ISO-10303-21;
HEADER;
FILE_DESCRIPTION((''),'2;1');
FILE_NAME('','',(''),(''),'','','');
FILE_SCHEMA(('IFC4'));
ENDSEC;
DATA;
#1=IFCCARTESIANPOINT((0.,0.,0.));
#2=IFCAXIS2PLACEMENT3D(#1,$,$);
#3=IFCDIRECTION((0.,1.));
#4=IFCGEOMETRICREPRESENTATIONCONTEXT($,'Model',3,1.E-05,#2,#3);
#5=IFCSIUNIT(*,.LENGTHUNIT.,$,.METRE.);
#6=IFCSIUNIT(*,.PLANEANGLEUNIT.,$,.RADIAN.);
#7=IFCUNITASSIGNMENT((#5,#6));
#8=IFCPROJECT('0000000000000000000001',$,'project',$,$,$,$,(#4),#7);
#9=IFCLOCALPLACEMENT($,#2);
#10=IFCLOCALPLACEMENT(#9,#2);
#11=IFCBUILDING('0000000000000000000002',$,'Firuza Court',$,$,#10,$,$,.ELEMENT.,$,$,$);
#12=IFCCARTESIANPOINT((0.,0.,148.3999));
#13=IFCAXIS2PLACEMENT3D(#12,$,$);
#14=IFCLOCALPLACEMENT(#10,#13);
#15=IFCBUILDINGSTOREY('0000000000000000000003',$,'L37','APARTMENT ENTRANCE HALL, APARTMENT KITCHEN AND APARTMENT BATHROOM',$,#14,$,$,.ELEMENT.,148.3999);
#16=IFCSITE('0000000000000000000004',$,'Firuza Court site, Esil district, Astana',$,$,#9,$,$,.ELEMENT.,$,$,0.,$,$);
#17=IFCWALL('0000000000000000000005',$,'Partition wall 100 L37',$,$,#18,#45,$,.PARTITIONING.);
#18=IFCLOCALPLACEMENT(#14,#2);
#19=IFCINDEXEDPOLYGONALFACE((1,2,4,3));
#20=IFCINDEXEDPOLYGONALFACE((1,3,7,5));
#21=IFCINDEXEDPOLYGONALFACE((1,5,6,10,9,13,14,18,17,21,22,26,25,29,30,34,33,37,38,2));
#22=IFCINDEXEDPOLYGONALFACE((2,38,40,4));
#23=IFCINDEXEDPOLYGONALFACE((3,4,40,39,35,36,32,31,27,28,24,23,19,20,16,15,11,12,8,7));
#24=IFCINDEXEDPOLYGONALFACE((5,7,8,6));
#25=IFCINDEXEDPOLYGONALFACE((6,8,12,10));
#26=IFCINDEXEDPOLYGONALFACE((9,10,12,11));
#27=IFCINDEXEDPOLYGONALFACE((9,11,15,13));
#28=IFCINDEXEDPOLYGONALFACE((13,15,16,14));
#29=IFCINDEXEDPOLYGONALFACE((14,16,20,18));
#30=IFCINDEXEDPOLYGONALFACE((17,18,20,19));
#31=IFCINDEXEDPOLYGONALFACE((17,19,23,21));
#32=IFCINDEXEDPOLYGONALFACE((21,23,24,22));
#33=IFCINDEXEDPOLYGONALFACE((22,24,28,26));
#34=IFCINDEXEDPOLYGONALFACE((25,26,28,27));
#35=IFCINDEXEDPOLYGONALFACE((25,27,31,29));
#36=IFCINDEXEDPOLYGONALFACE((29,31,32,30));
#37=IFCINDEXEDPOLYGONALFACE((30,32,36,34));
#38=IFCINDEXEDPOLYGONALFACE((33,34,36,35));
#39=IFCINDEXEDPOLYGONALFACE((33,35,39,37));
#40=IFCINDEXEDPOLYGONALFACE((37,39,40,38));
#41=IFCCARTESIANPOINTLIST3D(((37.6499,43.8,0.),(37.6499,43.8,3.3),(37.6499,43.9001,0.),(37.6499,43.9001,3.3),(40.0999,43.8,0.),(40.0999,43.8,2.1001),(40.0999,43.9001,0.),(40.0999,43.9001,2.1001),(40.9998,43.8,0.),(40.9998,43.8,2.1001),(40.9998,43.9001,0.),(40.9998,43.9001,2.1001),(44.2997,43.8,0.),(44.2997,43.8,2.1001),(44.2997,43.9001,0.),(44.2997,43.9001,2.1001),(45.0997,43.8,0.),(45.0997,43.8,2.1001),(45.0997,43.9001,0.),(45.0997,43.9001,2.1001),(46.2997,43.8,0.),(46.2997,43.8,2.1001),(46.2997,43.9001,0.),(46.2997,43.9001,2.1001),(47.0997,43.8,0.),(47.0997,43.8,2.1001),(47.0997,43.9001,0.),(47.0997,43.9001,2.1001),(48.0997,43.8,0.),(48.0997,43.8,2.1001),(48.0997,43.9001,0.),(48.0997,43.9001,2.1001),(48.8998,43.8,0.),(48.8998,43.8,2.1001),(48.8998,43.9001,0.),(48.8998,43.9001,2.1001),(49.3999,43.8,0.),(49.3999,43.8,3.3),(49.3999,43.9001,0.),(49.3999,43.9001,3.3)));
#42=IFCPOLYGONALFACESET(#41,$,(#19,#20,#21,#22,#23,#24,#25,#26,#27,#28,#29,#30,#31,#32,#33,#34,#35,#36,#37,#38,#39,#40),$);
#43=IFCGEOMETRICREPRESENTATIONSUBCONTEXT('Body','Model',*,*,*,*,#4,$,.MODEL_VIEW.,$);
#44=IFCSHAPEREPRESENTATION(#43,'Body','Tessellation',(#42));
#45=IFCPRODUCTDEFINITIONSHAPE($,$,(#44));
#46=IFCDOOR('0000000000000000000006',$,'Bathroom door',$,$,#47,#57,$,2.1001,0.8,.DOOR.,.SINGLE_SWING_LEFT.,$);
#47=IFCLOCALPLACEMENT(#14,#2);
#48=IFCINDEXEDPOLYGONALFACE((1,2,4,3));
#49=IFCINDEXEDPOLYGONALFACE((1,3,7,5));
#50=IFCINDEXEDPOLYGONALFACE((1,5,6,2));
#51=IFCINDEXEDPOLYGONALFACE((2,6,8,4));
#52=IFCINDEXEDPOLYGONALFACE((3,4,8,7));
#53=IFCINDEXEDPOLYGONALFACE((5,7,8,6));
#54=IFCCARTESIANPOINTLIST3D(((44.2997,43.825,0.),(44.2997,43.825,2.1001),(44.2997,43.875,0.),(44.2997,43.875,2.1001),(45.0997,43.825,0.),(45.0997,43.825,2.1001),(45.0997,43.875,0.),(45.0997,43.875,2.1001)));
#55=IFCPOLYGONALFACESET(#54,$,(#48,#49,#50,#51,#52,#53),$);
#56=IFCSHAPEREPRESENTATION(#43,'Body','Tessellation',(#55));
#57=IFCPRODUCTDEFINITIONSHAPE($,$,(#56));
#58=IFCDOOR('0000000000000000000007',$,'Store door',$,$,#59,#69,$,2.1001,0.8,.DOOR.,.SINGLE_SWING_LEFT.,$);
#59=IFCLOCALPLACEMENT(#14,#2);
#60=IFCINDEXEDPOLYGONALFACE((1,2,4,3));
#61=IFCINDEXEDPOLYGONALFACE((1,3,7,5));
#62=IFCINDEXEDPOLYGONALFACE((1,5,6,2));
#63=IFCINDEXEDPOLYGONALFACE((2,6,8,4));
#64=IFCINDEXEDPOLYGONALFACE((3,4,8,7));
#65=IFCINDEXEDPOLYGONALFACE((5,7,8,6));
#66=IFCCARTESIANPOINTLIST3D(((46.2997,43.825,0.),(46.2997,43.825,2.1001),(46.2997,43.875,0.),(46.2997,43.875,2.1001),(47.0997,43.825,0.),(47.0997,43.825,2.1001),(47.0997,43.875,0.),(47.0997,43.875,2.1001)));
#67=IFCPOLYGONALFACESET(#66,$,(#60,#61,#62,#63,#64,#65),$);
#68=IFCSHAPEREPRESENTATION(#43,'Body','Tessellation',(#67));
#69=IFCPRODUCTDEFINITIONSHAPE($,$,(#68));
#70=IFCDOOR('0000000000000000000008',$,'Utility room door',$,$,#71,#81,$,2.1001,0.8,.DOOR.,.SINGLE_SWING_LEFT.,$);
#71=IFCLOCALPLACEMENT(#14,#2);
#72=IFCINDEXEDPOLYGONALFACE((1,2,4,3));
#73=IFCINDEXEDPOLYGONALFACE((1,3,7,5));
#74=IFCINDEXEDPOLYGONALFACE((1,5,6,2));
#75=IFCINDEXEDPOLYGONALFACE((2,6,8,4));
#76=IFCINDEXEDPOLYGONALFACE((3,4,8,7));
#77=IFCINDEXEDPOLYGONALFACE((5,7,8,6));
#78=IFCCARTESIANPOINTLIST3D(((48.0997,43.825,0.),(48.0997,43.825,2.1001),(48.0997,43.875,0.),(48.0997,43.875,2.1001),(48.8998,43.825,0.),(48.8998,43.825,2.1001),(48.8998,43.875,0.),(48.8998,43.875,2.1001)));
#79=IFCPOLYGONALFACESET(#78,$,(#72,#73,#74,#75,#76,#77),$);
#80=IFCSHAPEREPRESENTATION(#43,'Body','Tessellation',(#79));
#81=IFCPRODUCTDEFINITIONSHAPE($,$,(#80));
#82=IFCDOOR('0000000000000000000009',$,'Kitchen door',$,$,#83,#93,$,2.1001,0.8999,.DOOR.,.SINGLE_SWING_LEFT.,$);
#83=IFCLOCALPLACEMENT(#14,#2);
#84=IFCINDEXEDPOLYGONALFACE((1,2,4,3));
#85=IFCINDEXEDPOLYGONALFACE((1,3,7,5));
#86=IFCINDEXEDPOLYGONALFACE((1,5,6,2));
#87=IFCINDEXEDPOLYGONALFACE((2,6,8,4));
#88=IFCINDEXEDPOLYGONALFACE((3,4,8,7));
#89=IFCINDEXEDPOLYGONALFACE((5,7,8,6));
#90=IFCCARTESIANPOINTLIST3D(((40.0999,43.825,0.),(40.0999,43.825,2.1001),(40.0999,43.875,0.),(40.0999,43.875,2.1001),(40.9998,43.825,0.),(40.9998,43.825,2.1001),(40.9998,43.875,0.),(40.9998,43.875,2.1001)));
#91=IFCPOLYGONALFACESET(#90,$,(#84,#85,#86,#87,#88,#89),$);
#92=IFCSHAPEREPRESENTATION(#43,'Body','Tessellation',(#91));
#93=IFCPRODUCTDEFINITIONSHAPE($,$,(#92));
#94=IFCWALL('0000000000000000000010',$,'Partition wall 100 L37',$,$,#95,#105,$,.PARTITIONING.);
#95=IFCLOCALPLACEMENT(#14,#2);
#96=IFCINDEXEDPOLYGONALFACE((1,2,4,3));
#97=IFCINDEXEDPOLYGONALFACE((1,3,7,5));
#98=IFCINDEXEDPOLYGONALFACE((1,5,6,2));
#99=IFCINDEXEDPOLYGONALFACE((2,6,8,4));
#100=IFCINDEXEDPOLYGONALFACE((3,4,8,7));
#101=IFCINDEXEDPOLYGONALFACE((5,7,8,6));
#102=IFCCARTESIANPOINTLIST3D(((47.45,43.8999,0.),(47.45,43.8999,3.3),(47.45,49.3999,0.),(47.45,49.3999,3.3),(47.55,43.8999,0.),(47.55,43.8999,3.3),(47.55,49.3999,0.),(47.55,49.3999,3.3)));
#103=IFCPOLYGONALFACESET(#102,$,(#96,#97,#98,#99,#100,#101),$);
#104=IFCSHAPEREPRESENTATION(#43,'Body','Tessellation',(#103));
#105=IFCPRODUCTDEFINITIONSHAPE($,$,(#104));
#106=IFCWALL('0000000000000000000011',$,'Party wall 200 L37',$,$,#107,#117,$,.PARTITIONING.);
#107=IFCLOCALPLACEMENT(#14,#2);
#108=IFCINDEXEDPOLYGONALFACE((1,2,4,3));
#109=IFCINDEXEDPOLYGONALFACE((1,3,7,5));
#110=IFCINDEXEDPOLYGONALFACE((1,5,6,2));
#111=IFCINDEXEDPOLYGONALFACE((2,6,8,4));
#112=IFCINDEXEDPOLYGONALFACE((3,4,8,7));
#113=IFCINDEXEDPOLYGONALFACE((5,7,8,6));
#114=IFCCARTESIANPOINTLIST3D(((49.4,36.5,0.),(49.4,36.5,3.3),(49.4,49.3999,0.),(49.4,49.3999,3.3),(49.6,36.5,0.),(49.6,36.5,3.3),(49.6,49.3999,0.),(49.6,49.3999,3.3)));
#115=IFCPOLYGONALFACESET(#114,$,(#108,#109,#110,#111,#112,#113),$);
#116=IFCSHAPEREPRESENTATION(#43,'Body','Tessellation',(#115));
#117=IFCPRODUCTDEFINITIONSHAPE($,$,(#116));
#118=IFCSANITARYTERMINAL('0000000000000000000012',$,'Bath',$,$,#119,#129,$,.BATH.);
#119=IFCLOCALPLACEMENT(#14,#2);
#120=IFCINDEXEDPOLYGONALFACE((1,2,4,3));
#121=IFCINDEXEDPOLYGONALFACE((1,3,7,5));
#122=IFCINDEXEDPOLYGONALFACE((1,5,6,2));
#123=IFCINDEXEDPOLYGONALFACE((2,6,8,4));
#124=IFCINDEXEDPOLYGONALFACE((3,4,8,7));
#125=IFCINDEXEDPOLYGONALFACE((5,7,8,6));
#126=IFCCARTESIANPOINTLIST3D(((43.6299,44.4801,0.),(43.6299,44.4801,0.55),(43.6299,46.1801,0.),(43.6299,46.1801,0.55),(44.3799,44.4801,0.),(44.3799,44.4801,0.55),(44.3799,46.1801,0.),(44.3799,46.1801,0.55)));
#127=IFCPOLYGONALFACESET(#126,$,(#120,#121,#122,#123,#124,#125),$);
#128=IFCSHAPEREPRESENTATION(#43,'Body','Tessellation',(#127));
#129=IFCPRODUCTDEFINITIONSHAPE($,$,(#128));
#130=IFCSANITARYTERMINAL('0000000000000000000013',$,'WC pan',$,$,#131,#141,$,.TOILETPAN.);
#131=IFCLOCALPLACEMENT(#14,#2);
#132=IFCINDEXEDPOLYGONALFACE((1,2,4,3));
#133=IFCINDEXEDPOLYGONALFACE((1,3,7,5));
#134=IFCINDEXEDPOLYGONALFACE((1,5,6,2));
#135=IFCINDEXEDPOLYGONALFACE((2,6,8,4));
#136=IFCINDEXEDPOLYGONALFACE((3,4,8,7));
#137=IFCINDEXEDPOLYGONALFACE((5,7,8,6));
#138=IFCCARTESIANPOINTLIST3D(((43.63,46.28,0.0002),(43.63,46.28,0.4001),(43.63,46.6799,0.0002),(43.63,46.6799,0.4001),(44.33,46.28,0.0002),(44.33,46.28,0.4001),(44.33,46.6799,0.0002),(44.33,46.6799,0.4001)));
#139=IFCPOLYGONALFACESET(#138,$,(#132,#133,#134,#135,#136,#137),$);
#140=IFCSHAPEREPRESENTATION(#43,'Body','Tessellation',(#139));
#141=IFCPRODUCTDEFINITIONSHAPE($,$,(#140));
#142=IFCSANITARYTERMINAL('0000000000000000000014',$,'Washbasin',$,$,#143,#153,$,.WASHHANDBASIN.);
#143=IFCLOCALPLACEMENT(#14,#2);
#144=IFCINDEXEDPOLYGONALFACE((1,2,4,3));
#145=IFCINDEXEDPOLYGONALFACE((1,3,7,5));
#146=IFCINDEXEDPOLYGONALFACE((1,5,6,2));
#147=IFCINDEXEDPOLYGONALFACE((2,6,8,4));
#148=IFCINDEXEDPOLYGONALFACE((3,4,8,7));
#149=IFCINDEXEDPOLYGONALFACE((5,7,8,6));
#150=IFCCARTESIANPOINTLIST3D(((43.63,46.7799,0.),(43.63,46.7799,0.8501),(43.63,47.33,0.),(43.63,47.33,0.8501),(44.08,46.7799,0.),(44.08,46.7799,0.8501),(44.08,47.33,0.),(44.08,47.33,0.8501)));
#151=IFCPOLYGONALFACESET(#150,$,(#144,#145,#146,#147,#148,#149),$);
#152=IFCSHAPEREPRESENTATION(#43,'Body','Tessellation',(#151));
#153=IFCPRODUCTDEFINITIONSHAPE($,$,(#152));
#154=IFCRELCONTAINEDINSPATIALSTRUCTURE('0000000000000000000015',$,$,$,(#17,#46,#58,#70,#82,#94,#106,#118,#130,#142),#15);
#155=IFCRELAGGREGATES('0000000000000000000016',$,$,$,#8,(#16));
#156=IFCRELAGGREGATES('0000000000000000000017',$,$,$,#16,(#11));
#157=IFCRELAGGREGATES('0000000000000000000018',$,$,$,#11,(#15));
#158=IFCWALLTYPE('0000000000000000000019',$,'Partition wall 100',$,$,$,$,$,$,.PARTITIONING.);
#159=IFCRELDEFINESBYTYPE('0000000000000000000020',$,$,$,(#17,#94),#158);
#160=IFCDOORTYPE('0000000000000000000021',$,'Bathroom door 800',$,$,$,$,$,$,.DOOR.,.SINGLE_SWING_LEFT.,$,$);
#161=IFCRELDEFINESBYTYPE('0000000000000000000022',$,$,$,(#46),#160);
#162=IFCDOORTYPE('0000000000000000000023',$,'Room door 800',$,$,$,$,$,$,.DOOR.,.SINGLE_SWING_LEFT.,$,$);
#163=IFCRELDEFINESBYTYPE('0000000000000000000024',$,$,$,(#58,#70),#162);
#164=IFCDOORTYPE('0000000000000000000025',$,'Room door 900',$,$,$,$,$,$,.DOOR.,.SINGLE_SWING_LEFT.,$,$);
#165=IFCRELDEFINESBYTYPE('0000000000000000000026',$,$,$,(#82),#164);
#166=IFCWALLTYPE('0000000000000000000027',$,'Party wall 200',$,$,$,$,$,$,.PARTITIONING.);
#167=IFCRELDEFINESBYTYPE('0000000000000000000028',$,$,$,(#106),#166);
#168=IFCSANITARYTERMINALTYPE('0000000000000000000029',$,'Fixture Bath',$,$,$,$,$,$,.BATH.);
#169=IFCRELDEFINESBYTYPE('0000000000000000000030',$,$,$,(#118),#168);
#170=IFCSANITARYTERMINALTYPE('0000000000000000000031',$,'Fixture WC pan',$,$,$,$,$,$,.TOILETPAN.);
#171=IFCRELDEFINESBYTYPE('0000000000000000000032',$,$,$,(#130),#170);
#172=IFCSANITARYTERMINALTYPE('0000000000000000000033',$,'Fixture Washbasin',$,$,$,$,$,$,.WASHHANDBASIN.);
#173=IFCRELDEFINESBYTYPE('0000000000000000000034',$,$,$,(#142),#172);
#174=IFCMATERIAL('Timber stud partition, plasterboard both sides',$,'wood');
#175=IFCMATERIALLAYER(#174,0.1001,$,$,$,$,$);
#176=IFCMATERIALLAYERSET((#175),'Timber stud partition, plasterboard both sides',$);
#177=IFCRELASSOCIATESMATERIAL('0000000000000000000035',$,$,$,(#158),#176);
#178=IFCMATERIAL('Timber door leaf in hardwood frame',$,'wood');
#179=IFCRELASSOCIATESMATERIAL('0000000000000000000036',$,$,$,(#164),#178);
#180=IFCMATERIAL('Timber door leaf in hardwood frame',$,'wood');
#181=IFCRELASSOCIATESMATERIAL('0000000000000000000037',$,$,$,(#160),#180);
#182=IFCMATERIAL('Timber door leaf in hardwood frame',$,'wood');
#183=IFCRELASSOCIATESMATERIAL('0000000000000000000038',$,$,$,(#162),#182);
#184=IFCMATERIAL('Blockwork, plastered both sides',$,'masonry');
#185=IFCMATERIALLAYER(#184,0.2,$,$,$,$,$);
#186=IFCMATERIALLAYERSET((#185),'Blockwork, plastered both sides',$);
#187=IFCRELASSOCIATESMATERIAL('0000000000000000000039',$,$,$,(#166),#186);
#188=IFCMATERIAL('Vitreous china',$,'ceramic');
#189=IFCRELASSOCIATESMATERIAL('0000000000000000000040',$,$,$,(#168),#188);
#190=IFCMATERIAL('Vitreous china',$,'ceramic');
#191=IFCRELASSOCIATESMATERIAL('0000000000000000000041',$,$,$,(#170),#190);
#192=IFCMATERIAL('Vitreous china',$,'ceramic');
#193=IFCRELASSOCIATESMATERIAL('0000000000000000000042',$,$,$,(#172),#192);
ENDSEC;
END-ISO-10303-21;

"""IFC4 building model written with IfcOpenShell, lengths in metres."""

from ifc_helpers import new_model, si_unit, direction, frame, frame_2d, origin, origin_2d, place, context, subcontext, project, spatial, rectangle, extrude, material, layer, layer_set, type_object, element, fill, save


model = new_model("IFC4")

# Units and contexts
model_context = context("Model", 3, precision=1e-05, world=origin(), true_north=direction((0.0, 1.0)))
body_context = subcontext(model_context, "Body", "Model", "MODEL_VIEW")
ifc_project = project(units=[si_unit("LENGTHUNIT", "METRE"), si_unit("PLANEANGLEUNIT", "RADIAN")], contexts=[model_context])

# Site, building, storey
site_placement = place(None, origin())
site = spatial("IfcSite", under=ifc_project, at=site_placement, Name="Firuza Court site, Esil district, Astana", CompositionType="ELEMENT", RefElevation=0.0)
building_placement = place(site_placement, origin())
building = spatial("IfcBuilding", under=site, at=building_placement, Name="Firuza Court", CompositionType="ELEMENT")
storey_placement = place(building_placement, frame((0.0, 0.0, 148.3999)))
storey = spatial("IfcBuildingStorey", under=building, at=storey_placement, Name="L37", Description="APARTMENT ENTRANCE HALL, APARTMENT KITCHEN AND APARTMENT BATHROOM", CompositionType="ELEMENT", Elevation=148.3999)

# Shared definitions
ifc_material_1 = material(Name="Blockwork, plastered both sides", Category="masonry")

# Shared definitions
ifc_material_2 = material(Name="Timber stud partition, plasterboard both sides", Category="wood")
ifc_layer_1 = layer(ifc_material_2, 0.1001)
ifc_layer_set_1 = layer_set([ifc_layer_1], Name="Timber stud partition, plasterboard both sides")
wall_type_1 = type_object("IfcWallType", Name="Partition wall 100", PredefinedType="PARTITIONING", material=ifc_layer_set_1)

# Shared definitions
ifc_material_3 = material(Name="Timber door leaf in hardwood frame", Category="wood")
door_type_1 = type_object("IfcDoorType", Name="Room door 900", OperationType="SINGLE_SWING_LEFT", PredefinedType="DOOR", material=ifc_material_3)

# Wall, openings, doors
wall_1_placement = place(storey_placement, frame((37.6499, 43.8501, 0.0), z_axis=(0.0, 0.0, 1.0), x_axis=(1.0, 0.0, 0.0)))
wall_1 = element("IfcWall", 1, at=wall_1_placement, inside=storey, type_object=wall_type_1, Name="Partition wall 100 L37", PredefinedType="PARTITIONING", context=body_context, shape_type="SweptSolid", body=[
    extrude(rectangle(XDim=11.75, YDim=0.1001, at=frame_2d((5.875, 0.0))), origin(), (0.0, 0.0, 1.0), 3.3),
])
opening_1_placement = place(wall_1_placement, frame((6.6499, 0.0, 0.0)))
opening_1 = element("IfcOpeningElement", 2, at=opening_1_placement, cuts=wall_1, PredefinedType="OPENING", context=body_context, shape_type="SweptSolid", body=[
    extrude(rectangle(XDim=0.8, YDim=2.1001, at=frame_2d((0.3999, 1.05))), frame((0.0, 0.062, 0.0), z_axis=(0.0, -1.0, 0.0), x_axis=(1.0, 0.0, 0.0)), (0.0, 0.0, 1.0), 0.124),
])
opening_2_placement = place(wall_1_placement, frame((2.45, 0.0, 0.0)))
opening_2 = element("IfcOpeningElement", 3, at=opening_2_placement, cuts=wall_1, PredefinedType="OPENING", context=body_context, shape_type="SweptSolid", body=[
    extrude(rectangle(XDim=0.8999, YDim=2.1001, at=frame_2d((0.45, 1.05))), frame((0.0, 0.062, 0.0), z_axis=(0.0, -1.0, 0.0), x_axis=(1.0, 0.0, 0.0)), (0.0, 0.0, 1.0), 0.124),
])
opening_3_placement = place(wall_1_placement, frame((8.6499, 0.0, 0.0)))
opening_3 = element("IfcOpeningElement", 4, at=opening_3_placement, cuts=wall_1, PredefinedType="OPENING", context=body_context, shape_type="SweptSolid", body=[
    extrude(rectangle(XDim=0.8, YDim=2.1001, at=frame_2d((0.3999, 1.05))), frame((0.0, 0.062, 0.0), z_axis=(0.0, -1.0, 0.0), x_axis=(1.0, 0.0, 0.0)), (0.0, 0.0, 1.0), 0.124),
])
opening_4_placement = place(wall_1_placement, frame((10.45, 0.0, 0.0)))
opening_4 = element("IfcOpeningElement", 5, at=opening_4_placement, cuts=wall_1, PredefinedType="OPENING", context=body_context, shape_type="SweptSolid", body=[
    extrude(rectangle(XDim=0.8, YDim=2.1001, at=frame_2d((0.3999, 1.05))), frame((0.0, 0.062, 0.0), z_axis=(0.0, -1.0, 0.0), x_axis=(1.0, 0.0, 0.0)), (0.0, 0.0, 1.0), 0.124),
])
ifc_material_4 = material(Name="Timber door leaf in hardwood frame", Category="wood")
door_type_2 = type_object("IfcDoorType", Name="Bathroom door 800", OperationType="SINGLE_SWING_LEFT", PredefinedType="DOOR", material=ifc_material_4)
door_1_placement = place(opening_1_placement, origin())
door_1 = element("IfcDoor", 6, at=door_1_placement, inside=storey, type_object=door_type_2, Name="Bathroom door", OperationType="SINGLE_SWING_LEFT", OverallHeight=2.1001, OverallWidth=0.8, PredefinedType="DOOR", context=body_context, shape_type="SweptSolid", body=[
    extrude(rectangle(XDim=0.8, YDim=2.1001, at=frame_2d((0.3999, 1.05))), frame((0.0, 0.0249, 0.0), z_axis=(0.0, -1.0, 0.0), x_axis=(1.0, 0.0, 0.0)), (0.0, 0.0, 1.0), 0.05),
])
fill(opening_1, door_1)
ifc_material_5 = material(Name="Timber door leaf in hardwood frame", Category="wood")
door_type_3 = type_object("IfcDoorType", Name="Room door 800", OperationType="SINGLE_SWING_LEFT", PredefinedType="DOOR", material=ifc_material_5)
door_2_placement = place(opening_3_placement, origin())
door_2 = element("IfcDoor", 7, at=door_2_placement, inside=storey, type_object=door_type_3, Name="Store door", OperationType="SINGLE_SWING_LEFT", OverallHeight=2.1001, OverallWidth=0.8, PredefinedType="DOOR", context=body_context, shape_type="SweptSolid", body=[
    extrude(rectangle(XDim=0.8, YDim=2.1001, at=frame_2d((0.3999, 1.05))), frame((0.0, 0.0249, 0.0), z_axis=(0.0, -1.0, 0.0), x_axis=(1.0, 0.0, 0.0)), (0.0, 0.0, 1.0), 0.05),
])
fill(opening_3, door_2)
door_3_placement = place(opening_4_placement, origin())
door_3 = element("IfcDoor", 8, at=door_3_placement, inside=storey, type_object=door_type_3, Name="Utility room door", OperationType="SINGLE_SWING_LEFT", OverallHeight=2.1001, OverallWidth=0.8, PredefinedType="DOOR", context=body_context, shape_type="SweptSolid", body=[
    extrude(rectangle(XDim=0.8, YDim=2.1001, at=frame_2d((0.3999, 1.05))), frame((0.0, 0.0249, 0.0), z_axis=(0.0, -1.0, 0.0), x_axis=(1.0, 0.0, 0.0)), (0.0, 0.0, 1.0), 0.05),
])
fill(opening_4, door_3)
door_4_placement = place(opening_2_placement, origin())
door_4 = element("IfcDoor", 9, at=door_4_placement, inside=storey, type_object=door_type_1, Name="Kitchen door", OperationType="SINGLE_SWING_LEFT", OverallHeight=2.1001, OverallWidth=0.8999, PredefinedType="DOOR", context=body_context, shape_type="SweptSolid", body=[
    extrude(rectangle(XDim=0.8999, YDim=2.1001, at=frame_2d((0.45, 1.05))), frame((0.0, 0.0249, 0.0), z_axis=(0.0, -1.0, 0.0), x_axis=(1.0, 0.0, 0.0)), (0.0, 0.0, 1.0), 0.05),
])
fill(opening_2, door_4)

# Walls
wall_2_placement = place(storey_placement, frame((47.5, 43.8999, 0.0), z_axis=(0.0, 0.0, 1.0), x_axis=(0.0, 1.0, 0.0)))
element("IfcWall", 10, at=wall_2_placement, inside=storey, type_object=wall_type_1, Name="Partition wall 100 L37", PredefinedType="PARTITIONING", context=body_context, shape_type="SweptSolid", body=[
    extrude(rectangle(XDim=5.5, YDim=0.1001, at=frame_2d((2.75, 0.0))), origin(), (0.0, 0.0, 1.0), 3.3),
])
ifc_layer_2 = layer(ifc_material_1, 0.2)
ifc_layer_set_2 = layer_set([ifc_layer_2], Name="Blockwork, plastered both sides")
wall_type_2 = type_object("IfcWallType", Name="Party wall 200", PredefinedType="PARTITIONING", material=ifc_layer_set_2)
wall_3_placement = place(storey_placement, frame((49.5, 36.5, 0.0), z_axis=(0.0, 0.0, 1.0), x_axis=(0.0, 1.0, 0.0)))
element("IfcWall", 11, at=wall_3_placement, inside=storey, type_object=wall_type_2, Name="Party wall 200 L37", PredefinedType="PARTITIONING", context=body_context, shape_type="SweptSolid", body=[
    extrude(rectangle(XDim=12.8999, YDim=0.2, at=frame_2d((6.45, 0.0))), origin(), (0.0, 0.0, 1.0), 3.3),
])

# Sanitary terminals
ifc_material_6 = material(Name="Vitreous china", Category="ceramic")
sanitary_terminal_type_1 = type_object("IfcSanitaryTerminalType", Name="Fixture Bath", PredefinedType="BATH", material=ifc_material_6)
sanitary_terminal_1_placement = place(storey_placement, frame((44.0049, 45.3301, 0.0), z_axis=(0.0, 0.0, 1.0), x_axis=(1.0, 0.0, 0.0)))
element("IfcSanitaryTerminal", 12, at=sanitary_terminal_1_placement, inside=storey, type_object=sanitary_terminal_type_1, Name="Bath", PredefinedType="BATH", context=body_context, shape_type="SweptSolid", body=[
    extrude(rectangle(XDim=0.75, YDim=1.7, at=origin_2d()), origin(), (0.0, 0.0, 1.0), 0.55),
])
ifc_material_7 = material(Name="Vitreous china", Category="ceramic")
sanitary_terminal_type_2 = type_object("IfcSanitaryTerminalType", Name="Fixture WC pan", PredefinedType="TOILETPAN", material=ifc_material_7)
sanitary_terminal_2_placement = place(storey_placement, frame((43.98, 46.48, 0.0002), z_axis=(0.0, 0.0, 1.0), x_axis=(1.0, 0.0, 0.0)))
element("IfcSanitaryTerminal", 13, at=sanitary_terminal_2_placement, inside=storey, type_object=sanitary_terminal_type_2, Name="WC pan", PredefinedType="TOILETPAN", context=body_context, shape_type="SweptSolid", body=[
    extrude(rectangle(XDim=0.7, YDim=0.3999, at=origin_2d()), origin(), (0.0, 0.0, 1.0), 0.3999),
])
ifc_material_8 = material(Name="Vitreous china", Category="ceramic")
sanitary_terminal_type_3 = type_object("IfcSanitaryTerminalType", Name="Fixture Washbasin", PredefinedType="WASHHANDBASIN", material=ifc_material_8)
sanitary_terminal_3_placement = place(storey_placement, frame((43.855, 47.0549, 0.0), z_axis=(0.0, 0.0, 1.0), x_axis=(1.0, 0.0, 0.0)))
element("IfcSanitaryTerminal", 14, at=sanitary_terminal_3_placement, inside=storey, type_object=sanitary_terminal_type_3, Name="Washbasin", PredefinedType="WASHHANDBASIN", context=body_context, shape_type="SweptSolid", body=[
    extrude(rectangle(XDim=0.45, YDim=0.55, at=origin_2d()), origin(), (0.0, 0.0, 1.0), 0.8501),
])

save(model, "model.ifc")
